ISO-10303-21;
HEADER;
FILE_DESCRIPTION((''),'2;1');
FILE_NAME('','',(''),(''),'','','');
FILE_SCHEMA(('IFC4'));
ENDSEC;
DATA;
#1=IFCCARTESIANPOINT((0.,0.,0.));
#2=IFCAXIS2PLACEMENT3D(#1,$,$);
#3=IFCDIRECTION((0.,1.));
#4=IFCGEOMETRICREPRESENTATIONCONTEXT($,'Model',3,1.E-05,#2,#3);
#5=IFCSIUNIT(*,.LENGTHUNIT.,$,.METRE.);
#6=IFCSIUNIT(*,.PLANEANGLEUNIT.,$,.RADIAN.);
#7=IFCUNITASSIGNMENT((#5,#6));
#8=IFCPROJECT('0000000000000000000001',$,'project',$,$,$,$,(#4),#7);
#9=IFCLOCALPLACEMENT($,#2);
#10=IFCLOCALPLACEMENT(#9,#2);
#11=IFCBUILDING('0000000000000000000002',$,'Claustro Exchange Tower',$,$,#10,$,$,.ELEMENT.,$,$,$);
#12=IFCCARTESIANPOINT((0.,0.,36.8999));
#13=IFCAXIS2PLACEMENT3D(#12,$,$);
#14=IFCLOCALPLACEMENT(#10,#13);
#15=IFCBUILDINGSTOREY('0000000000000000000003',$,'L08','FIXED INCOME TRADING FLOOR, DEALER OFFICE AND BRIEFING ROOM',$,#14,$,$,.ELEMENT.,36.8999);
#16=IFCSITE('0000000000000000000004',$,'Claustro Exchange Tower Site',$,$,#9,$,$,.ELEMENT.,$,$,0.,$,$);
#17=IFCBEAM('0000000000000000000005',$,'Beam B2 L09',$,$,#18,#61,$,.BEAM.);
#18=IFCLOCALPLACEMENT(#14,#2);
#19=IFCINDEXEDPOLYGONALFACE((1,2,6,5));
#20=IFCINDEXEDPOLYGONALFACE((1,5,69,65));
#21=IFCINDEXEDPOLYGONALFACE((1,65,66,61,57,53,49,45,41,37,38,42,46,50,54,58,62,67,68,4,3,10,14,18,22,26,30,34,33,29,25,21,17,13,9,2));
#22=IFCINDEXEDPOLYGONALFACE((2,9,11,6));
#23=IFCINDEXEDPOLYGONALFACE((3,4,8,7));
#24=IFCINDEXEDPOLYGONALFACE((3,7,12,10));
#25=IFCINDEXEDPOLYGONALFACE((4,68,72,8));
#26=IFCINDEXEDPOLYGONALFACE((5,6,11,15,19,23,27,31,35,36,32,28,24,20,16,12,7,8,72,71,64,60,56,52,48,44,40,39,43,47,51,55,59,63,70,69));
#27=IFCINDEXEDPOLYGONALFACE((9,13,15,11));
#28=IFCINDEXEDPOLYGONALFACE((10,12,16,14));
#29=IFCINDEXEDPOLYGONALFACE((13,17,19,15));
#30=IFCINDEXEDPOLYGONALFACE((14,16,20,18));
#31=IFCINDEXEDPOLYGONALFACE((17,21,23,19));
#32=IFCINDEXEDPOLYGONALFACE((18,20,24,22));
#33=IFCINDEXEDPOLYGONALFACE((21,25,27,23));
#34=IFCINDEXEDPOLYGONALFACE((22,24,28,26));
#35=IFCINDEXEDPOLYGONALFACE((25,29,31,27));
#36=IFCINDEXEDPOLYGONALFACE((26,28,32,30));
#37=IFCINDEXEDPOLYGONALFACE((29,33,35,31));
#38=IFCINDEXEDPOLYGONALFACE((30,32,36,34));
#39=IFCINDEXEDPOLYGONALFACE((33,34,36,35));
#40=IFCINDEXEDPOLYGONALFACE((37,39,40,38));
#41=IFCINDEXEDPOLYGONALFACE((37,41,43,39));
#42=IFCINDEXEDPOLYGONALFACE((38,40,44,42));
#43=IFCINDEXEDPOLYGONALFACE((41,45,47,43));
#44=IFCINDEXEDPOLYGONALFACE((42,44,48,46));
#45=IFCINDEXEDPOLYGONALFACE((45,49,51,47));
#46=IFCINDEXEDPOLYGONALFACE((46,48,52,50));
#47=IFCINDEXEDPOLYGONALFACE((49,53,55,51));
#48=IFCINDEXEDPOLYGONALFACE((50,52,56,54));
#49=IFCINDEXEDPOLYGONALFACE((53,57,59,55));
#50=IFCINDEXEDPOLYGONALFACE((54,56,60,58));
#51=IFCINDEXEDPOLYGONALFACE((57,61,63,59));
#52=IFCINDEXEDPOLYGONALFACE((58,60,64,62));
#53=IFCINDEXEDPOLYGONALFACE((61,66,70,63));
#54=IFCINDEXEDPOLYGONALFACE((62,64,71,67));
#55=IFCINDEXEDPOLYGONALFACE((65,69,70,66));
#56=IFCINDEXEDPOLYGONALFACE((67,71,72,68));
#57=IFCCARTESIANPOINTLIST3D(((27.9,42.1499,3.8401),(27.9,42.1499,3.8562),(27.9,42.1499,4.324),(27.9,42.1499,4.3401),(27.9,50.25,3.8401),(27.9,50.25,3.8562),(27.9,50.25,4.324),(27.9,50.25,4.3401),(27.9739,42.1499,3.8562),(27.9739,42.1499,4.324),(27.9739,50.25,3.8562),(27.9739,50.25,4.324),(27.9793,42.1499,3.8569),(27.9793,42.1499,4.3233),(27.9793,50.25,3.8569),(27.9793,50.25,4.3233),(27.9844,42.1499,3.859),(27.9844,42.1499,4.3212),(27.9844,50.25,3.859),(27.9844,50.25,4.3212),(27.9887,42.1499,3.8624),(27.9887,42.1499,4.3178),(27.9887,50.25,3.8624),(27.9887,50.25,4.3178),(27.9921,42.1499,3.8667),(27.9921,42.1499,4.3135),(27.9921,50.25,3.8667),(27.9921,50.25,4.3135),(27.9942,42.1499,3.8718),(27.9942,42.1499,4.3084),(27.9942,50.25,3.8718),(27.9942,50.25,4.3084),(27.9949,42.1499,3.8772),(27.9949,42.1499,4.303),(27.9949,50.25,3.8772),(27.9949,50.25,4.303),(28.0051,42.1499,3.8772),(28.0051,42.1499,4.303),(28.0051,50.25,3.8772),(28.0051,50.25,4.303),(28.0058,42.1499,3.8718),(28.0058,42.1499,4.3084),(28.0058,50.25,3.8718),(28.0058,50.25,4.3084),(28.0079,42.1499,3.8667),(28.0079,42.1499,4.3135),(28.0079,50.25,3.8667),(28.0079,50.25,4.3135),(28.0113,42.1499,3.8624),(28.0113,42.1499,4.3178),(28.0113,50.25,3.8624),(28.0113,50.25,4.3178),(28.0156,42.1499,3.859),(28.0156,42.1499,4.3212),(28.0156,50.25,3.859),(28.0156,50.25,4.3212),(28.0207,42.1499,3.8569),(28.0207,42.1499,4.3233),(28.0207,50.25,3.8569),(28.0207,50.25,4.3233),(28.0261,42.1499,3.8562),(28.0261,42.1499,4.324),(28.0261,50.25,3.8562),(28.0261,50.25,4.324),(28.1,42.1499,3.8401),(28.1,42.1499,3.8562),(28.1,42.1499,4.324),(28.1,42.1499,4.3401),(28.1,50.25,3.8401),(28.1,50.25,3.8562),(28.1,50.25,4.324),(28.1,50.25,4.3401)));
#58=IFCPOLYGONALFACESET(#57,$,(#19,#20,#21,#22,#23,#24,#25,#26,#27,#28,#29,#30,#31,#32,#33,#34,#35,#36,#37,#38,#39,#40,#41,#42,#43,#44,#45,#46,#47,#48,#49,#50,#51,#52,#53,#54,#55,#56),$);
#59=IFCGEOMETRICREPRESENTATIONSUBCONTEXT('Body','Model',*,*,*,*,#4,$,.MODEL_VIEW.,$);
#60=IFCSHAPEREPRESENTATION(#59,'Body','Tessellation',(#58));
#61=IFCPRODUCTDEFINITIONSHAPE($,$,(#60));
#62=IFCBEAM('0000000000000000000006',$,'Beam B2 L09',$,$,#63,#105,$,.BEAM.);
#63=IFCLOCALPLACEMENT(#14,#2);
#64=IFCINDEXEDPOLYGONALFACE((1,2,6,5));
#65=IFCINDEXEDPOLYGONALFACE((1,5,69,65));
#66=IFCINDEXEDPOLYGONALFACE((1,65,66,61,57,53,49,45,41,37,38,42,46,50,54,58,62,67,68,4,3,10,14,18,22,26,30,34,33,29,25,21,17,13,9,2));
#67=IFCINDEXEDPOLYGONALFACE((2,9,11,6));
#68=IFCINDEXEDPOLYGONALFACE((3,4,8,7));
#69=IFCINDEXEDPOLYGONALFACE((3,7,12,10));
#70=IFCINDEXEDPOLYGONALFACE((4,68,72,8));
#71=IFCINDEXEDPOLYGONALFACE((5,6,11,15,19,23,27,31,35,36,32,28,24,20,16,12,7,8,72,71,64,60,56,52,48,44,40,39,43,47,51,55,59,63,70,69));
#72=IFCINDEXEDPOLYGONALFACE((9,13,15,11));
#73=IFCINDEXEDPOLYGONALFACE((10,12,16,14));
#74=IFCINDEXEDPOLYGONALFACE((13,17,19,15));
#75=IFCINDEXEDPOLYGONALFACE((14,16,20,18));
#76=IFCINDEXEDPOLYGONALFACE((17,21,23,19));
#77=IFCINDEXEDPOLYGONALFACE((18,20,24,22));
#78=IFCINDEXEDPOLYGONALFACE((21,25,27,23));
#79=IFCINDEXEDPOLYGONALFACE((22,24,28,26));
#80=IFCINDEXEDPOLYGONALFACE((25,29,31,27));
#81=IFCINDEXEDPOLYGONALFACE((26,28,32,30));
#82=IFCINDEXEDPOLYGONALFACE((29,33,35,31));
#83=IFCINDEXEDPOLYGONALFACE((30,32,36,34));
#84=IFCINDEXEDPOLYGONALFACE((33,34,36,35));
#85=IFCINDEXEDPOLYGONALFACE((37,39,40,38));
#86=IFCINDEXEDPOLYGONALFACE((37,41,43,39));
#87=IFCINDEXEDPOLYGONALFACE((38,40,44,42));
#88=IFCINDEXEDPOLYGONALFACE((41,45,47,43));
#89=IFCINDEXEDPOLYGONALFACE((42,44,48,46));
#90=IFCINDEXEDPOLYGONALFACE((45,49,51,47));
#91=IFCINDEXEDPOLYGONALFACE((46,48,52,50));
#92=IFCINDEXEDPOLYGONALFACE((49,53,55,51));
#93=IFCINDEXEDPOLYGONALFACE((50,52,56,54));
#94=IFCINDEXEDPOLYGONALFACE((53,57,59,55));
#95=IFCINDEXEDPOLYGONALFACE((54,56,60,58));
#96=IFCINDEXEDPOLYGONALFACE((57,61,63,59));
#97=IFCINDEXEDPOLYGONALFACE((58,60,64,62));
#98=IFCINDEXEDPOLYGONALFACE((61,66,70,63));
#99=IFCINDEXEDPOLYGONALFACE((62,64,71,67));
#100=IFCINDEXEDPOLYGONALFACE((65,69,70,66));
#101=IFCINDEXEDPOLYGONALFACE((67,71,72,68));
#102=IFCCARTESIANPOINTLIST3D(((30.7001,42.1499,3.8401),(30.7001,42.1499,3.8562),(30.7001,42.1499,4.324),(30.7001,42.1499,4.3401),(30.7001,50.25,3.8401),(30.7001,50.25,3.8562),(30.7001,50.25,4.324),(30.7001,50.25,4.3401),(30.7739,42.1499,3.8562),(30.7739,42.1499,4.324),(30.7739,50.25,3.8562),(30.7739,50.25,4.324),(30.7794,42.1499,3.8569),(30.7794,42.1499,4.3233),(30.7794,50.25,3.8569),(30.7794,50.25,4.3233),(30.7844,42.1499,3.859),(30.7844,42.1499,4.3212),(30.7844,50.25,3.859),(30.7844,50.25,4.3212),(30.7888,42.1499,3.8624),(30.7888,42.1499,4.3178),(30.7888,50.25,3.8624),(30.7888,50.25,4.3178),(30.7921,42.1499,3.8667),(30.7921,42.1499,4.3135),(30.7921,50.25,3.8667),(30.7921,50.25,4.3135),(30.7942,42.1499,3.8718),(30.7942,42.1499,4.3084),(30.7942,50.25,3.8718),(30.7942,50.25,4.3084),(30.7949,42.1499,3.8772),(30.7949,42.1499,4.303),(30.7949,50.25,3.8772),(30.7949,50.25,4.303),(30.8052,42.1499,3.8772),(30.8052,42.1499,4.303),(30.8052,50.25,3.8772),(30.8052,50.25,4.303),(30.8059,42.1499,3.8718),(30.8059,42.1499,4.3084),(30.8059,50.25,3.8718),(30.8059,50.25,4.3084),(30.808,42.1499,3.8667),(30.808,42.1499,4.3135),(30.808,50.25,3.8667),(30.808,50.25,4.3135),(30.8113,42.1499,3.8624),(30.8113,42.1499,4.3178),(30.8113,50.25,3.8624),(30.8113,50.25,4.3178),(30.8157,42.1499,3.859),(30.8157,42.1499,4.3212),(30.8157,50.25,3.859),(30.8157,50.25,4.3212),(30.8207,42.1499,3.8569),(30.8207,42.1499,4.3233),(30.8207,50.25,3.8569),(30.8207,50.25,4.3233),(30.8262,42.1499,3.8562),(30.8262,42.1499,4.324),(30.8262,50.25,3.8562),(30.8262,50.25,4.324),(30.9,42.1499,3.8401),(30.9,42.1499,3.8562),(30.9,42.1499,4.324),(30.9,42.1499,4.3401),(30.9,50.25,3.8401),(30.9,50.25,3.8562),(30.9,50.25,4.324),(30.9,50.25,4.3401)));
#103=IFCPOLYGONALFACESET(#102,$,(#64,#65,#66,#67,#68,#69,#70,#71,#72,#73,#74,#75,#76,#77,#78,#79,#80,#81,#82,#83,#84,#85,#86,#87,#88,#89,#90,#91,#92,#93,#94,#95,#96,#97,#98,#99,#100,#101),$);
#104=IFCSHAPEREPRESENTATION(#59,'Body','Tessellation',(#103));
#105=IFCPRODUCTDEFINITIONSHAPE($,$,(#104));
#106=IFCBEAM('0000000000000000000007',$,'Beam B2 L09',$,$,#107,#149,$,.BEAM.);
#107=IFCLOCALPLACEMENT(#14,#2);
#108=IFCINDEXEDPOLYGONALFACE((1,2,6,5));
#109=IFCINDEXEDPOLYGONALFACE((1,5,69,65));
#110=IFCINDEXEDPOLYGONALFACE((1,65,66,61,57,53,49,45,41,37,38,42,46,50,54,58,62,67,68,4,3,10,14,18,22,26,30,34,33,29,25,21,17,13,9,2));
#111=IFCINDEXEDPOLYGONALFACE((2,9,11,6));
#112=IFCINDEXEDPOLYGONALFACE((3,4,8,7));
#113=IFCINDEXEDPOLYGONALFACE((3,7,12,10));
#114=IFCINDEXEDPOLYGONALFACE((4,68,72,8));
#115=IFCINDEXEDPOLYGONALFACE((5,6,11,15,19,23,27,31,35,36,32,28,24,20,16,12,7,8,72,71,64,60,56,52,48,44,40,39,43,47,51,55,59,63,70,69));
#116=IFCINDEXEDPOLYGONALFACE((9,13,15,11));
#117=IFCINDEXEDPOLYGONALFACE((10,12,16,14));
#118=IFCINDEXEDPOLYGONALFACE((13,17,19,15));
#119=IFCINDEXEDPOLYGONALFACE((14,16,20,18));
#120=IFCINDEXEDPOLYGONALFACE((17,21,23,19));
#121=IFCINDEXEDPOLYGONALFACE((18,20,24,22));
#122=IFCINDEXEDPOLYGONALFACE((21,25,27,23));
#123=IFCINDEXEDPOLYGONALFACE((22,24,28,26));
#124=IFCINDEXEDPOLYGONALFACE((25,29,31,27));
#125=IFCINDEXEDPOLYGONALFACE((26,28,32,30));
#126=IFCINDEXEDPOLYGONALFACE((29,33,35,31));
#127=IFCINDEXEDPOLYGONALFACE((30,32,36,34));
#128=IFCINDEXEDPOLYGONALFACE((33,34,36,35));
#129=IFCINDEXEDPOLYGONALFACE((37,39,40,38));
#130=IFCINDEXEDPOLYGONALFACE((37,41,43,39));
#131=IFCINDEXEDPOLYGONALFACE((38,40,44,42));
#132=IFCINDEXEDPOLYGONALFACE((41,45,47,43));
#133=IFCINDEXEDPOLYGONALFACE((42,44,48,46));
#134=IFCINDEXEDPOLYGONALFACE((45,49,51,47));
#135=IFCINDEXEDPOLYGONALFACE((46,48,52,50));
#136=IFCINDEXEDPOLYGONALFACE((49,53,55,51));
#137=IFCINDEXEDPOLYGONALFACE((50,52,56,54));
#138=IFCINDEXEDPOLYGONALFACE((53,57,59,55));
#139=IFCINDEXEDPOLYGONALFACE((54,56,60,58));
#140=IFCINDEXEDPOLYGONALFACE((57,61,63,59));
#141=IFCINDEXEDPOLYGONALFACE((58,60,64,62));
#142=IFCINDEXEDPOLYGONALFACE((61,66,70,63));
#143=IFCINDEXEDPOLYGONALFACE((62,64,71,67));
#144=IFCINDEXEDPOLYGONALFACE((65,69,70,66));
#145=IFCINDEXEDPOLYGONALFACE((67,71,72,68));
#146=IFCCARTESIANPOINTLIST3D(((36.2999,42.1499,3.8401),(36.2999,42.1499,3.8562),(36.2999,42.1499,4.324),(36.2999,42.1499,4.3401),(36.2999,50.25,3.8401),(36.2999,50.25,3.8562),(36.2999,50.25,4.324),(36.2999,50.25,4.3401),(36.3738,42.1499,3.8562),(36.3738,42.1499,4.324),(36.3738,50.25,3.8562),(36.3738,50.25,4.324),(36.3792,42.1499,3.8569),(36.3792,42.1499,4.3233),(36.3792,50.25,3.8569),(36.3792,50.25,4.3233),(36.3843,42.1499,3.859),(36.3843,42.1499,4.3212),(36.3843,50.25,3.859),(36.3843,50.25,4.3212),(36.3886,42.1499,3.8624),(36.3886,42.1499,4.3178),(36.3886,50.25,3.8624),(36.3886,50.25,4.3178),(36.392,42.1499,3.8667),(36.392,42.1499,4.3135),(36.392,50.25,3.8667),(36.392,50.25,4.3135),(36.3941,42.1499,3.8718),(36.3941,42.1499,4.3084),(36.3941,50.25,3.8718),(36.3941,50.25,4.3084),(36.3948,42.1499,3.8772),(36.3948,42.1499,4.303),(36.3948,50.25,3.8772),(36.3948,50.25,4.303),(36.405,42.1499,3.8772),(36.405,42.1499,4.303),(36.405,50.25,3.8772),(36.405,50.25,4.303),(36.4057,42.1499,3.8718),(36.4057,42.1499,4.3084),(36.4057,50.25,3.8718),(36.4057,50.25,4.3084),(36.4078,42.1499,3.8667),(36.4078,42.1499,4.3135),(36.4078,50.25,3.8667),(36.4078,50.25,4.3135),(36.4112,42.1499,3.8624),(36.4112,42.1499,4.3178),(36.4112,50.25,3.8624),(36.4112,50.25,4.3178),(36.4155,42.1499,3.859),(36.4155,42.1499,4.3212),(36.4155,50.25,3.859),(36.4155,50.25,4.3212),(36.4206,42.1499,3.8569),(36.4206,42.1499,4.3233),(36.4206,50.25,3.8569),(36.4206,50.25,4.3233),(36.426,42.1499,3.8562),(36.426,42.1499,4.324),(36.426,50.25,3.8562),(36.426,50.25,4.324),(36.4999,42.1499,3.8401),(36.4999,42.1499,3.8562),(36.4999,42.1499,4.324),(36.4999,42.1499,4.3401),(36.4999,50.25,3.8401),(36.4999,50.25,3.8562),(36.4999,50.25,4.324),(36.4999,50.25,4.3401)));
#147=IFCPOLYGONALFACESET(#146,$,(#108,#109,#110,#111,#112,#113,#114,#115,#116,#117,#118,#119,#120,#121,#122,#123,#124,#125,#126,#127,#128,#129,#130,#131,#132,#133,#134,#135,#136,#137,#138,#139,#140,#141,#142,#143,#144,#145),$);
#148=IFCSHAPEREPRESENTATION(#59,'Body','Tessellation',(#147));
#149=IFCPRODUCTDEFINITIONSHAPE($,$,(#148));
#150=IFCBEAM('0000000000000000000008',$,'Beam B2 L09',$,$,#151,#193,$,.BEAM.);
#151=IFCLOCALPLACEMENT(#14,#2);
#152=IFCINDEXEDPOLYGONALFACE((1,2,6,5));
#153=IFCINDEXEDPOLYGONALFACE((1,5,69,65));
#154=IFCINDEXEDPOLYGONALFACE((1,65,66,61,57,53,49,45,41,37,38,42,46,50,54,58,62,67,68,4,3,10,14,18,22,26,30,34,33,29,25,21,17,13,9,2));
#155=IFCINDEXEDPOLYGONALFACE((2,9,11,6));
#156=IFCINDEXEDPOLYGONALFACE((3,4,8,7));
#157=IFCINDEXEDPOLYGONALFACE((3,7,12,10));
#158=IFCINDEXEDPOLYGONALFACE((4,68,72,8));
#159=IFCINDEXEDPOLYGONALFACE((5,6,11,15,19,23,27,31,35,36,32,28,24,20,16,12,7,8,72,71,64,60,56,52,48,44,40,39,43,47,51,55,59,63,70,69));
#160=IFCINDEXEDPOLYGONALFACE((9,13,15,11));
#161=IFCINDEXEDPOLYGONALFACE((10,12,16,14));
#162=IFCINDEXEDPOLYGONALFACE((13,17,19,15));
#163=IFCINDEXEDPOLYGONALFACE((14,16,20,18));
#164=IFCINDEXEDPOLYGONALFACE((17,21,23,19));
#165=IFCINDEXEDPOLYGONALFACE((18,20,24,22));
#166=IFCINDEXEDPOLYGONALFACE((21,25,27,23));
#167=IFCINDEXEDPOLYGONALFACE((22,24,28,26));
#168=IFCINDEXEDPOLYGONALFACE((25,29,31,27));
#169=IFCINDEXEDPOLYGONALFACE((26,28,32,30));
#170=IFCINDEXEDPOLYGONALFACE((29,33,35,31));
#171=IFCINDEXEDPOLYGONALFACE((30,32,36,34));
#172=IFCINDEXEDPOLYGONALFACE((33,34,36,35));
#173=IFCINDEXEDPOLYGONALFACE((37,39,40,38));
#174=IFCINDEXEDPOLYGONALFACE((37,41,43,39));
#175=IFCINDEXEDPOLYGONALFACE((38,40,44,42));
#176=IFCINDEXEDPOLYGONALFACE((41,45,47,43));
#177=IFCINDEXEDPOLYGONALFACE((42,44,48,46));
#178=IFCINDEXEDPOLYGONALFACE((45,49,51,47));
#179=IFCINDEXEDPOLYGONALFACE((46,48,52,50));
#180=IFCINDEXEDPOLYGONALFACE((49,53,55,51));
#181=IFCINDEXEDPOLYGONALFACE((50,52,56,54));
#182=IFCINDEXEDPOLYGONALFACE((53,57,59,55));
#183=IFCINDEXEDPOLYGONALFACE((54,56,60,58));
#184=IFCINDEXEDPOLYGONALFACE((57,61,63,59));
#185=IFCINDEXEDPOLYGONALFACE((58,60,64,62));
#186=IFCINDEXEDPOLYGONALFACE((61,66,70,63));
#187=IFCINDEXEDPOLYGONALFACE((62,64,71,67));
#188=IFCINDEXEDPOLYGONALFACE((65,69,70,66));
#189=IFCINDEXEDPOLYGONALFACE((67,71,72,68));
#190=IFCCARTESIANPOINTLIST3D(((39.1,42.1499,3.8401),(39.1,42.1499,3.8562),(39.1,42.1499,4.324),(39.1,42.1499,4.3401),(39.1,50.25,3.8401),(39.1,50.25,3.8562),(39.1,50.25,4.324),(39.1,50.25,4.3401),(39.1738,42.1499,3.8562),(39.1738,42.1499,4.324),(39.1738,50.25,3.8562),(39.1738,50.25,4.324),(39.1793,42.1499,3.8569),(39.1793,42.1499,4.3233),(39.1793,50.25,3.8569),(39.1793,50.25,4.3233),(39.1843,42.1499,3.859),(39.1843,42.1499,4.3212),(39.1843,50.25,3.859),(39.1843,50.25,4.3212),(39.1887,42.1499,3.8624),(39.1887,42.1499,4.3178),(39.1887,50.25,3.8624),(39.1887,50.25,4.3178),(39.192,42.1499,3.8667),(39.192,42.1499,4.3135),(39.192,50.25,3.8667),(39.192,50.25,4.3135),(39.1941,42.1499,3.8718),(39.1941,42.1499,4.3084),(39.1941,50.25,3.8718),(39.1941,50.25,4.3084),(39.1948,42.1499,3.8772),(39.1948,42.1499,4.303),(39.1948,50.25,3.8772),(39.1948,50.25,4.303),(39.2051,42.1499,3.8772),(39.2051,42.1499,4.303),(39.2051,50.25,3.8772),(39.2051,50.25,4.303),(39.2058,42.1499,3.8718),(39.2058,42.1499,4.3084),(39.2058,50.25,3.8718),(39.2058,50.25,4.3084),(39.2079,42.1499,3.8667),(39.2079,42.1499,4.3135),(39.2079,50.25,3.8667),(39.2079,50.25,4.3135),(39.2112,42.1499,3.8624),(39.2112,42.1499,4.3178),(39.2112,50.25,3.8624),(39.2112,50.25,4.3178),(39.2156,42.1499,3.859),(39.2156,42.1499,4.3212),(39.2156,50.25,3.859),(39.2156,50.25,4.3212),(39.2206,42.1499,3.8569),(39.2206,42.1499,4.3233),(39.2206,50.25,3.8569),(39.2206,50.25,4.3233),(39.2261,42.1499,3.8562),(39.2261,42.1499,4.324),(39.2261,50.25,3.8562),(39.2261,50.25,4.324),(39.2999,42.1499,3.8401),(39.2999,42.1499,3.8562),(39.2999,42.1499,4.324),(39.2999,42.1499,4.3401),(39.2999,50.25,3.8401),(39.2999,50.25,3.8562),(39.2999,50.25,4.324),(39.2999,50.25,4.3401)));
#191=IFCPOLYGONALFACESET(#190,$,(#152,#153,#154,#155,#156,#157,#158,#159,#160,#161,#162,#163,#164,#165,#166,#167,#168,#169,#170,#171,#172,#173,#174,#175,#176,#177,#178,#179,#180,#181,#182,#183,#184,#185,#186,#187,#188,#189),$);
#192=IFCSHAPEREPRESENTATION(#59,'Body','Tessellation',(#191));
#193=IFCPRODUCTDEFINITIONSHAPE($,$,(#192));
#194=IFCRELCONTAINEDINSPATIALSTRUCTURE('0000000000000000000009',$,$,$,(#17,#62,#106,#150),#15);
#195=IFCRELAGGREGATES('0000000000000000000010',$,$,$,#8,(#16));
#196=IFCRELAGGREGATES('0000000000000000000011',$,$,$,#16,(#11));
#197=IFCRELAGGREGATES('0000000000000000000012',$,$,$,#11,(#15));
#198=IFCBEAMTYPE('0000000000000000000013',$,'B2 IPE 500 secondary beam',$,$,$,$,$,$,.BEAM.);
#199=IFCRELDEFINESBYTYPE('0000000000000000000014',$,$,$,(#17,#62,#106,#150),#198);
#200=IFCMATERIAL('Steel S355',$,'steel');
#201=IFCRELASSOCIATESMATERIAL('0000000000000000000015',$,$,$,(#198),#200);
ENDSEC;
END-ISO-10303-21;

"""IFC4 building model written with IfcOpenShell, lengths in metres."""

from ifc_helpers import new_model, si_unit, direction, frame, origin, origin_2d, place, context, subcontext, project, spatial, i_section, extrude, material, material_profile, profile_set, type_object, element, save


model = new_model("IFC4")

# Units and contexts
model_context = context("Model", 3, precision=1e-05, world=origin(), true_north=direction((0.0, 1.0)))
body_context = subcontext(model_context, "Body", "Model", "MODEL_VIEW")
ifc_project = project(units=[si_unit("LENGTHUNIT", "METRE"), si_unit("PLANEANGLEUNIT", "RADIAN")], contexts=[model_context])

# Site, building, storey
site_placement = place(None, origin())
site = spatial("IfcSite", under=ifc_project, at=site_placement, Name="Claustro Exchange Tower Site", CompositionType="ELEMENT", RefElevation=0.0)
building_placement = place(site_placement, origin())
building = spatial("IfcBuilding", under=site, at=building_placement, Name="Claustro Exchange Tower", CompositionType="ELEMENT")
storey_placement = place(building_placement, frame((0.0, 0.0, 36.8999)))
storey = spatial("IfcBuildingStorey", under=building, at=storey_placement, Name="L08", Description="FIXED INCOME TRADING FLOOR, DEALER OFFICE AND BRIEFING ROOM", CompositionType="ELEMENT", Elevation=36.8999)

# Beams
ifc_material_1 = material(Name="Steel S355", Category="steel")
ifc_material_profile_1 = material_profile(ifc_material_1, i_section(OverallWidth=0.2, OverallDepth=0.5, WebThickness=0.0103, FlangeThickness=0.0161, FilletRadius=0.021, at=origin_2d()), Name="IPE 500")
ifc_profile_set_1 = profile_set([ifc_material_profile_1], Name="Steel S355")
beam_type_1 = type_object("IfcBeamType", Name="B2 IPE 500 secondary beam", PredefinedType="BEAM", material=ifc_profile_set_1)
for number, where, z_axis, x_axis, name in (
    (1, (28.0, 42.1499, 4.0901), (0.0, 1.0, 0.0), (-1.0, 0.0, 0.0), "Beam B2 L09"),
    (2, (30.8, 42.1499, 4.0901), (0.0, 1.0, 0.0), (-1.0, 0.0, 0.0), "Beam B2 L09"),
    (3, (36.3999, 42.1499, 4.0901), (0.0, 1.0, 0.0), (-1.0, 0.0, 0.0), "Beam B2 L09"),
    (4, (39.2, 42.1499, 4.0901), (0.0, 1.0, 0.0), (-1.0, 0.0, 0.0), "Beam B2 L09"),
):
    element("IfcBeam", number, at=place(storey_placement, frame(where, z_axis=z_axis, x_axis=x_axis)), inside=storey, type_object=beam_type_1, Name=name, PredefinedType="BEAM", context=body_context, shape_type="SweptSolid", body=[
        extrude(i_section(OverallWidth=0.2, OverallDepth=0.5, WebThickness=0.0103, FlangeThickness=0.0161, FilletRadius=0.021, at=origin_2d()), origin(), (0.0, 0.0, 1.0), 8.1001),
    ])

save(model, "model.ifc")
